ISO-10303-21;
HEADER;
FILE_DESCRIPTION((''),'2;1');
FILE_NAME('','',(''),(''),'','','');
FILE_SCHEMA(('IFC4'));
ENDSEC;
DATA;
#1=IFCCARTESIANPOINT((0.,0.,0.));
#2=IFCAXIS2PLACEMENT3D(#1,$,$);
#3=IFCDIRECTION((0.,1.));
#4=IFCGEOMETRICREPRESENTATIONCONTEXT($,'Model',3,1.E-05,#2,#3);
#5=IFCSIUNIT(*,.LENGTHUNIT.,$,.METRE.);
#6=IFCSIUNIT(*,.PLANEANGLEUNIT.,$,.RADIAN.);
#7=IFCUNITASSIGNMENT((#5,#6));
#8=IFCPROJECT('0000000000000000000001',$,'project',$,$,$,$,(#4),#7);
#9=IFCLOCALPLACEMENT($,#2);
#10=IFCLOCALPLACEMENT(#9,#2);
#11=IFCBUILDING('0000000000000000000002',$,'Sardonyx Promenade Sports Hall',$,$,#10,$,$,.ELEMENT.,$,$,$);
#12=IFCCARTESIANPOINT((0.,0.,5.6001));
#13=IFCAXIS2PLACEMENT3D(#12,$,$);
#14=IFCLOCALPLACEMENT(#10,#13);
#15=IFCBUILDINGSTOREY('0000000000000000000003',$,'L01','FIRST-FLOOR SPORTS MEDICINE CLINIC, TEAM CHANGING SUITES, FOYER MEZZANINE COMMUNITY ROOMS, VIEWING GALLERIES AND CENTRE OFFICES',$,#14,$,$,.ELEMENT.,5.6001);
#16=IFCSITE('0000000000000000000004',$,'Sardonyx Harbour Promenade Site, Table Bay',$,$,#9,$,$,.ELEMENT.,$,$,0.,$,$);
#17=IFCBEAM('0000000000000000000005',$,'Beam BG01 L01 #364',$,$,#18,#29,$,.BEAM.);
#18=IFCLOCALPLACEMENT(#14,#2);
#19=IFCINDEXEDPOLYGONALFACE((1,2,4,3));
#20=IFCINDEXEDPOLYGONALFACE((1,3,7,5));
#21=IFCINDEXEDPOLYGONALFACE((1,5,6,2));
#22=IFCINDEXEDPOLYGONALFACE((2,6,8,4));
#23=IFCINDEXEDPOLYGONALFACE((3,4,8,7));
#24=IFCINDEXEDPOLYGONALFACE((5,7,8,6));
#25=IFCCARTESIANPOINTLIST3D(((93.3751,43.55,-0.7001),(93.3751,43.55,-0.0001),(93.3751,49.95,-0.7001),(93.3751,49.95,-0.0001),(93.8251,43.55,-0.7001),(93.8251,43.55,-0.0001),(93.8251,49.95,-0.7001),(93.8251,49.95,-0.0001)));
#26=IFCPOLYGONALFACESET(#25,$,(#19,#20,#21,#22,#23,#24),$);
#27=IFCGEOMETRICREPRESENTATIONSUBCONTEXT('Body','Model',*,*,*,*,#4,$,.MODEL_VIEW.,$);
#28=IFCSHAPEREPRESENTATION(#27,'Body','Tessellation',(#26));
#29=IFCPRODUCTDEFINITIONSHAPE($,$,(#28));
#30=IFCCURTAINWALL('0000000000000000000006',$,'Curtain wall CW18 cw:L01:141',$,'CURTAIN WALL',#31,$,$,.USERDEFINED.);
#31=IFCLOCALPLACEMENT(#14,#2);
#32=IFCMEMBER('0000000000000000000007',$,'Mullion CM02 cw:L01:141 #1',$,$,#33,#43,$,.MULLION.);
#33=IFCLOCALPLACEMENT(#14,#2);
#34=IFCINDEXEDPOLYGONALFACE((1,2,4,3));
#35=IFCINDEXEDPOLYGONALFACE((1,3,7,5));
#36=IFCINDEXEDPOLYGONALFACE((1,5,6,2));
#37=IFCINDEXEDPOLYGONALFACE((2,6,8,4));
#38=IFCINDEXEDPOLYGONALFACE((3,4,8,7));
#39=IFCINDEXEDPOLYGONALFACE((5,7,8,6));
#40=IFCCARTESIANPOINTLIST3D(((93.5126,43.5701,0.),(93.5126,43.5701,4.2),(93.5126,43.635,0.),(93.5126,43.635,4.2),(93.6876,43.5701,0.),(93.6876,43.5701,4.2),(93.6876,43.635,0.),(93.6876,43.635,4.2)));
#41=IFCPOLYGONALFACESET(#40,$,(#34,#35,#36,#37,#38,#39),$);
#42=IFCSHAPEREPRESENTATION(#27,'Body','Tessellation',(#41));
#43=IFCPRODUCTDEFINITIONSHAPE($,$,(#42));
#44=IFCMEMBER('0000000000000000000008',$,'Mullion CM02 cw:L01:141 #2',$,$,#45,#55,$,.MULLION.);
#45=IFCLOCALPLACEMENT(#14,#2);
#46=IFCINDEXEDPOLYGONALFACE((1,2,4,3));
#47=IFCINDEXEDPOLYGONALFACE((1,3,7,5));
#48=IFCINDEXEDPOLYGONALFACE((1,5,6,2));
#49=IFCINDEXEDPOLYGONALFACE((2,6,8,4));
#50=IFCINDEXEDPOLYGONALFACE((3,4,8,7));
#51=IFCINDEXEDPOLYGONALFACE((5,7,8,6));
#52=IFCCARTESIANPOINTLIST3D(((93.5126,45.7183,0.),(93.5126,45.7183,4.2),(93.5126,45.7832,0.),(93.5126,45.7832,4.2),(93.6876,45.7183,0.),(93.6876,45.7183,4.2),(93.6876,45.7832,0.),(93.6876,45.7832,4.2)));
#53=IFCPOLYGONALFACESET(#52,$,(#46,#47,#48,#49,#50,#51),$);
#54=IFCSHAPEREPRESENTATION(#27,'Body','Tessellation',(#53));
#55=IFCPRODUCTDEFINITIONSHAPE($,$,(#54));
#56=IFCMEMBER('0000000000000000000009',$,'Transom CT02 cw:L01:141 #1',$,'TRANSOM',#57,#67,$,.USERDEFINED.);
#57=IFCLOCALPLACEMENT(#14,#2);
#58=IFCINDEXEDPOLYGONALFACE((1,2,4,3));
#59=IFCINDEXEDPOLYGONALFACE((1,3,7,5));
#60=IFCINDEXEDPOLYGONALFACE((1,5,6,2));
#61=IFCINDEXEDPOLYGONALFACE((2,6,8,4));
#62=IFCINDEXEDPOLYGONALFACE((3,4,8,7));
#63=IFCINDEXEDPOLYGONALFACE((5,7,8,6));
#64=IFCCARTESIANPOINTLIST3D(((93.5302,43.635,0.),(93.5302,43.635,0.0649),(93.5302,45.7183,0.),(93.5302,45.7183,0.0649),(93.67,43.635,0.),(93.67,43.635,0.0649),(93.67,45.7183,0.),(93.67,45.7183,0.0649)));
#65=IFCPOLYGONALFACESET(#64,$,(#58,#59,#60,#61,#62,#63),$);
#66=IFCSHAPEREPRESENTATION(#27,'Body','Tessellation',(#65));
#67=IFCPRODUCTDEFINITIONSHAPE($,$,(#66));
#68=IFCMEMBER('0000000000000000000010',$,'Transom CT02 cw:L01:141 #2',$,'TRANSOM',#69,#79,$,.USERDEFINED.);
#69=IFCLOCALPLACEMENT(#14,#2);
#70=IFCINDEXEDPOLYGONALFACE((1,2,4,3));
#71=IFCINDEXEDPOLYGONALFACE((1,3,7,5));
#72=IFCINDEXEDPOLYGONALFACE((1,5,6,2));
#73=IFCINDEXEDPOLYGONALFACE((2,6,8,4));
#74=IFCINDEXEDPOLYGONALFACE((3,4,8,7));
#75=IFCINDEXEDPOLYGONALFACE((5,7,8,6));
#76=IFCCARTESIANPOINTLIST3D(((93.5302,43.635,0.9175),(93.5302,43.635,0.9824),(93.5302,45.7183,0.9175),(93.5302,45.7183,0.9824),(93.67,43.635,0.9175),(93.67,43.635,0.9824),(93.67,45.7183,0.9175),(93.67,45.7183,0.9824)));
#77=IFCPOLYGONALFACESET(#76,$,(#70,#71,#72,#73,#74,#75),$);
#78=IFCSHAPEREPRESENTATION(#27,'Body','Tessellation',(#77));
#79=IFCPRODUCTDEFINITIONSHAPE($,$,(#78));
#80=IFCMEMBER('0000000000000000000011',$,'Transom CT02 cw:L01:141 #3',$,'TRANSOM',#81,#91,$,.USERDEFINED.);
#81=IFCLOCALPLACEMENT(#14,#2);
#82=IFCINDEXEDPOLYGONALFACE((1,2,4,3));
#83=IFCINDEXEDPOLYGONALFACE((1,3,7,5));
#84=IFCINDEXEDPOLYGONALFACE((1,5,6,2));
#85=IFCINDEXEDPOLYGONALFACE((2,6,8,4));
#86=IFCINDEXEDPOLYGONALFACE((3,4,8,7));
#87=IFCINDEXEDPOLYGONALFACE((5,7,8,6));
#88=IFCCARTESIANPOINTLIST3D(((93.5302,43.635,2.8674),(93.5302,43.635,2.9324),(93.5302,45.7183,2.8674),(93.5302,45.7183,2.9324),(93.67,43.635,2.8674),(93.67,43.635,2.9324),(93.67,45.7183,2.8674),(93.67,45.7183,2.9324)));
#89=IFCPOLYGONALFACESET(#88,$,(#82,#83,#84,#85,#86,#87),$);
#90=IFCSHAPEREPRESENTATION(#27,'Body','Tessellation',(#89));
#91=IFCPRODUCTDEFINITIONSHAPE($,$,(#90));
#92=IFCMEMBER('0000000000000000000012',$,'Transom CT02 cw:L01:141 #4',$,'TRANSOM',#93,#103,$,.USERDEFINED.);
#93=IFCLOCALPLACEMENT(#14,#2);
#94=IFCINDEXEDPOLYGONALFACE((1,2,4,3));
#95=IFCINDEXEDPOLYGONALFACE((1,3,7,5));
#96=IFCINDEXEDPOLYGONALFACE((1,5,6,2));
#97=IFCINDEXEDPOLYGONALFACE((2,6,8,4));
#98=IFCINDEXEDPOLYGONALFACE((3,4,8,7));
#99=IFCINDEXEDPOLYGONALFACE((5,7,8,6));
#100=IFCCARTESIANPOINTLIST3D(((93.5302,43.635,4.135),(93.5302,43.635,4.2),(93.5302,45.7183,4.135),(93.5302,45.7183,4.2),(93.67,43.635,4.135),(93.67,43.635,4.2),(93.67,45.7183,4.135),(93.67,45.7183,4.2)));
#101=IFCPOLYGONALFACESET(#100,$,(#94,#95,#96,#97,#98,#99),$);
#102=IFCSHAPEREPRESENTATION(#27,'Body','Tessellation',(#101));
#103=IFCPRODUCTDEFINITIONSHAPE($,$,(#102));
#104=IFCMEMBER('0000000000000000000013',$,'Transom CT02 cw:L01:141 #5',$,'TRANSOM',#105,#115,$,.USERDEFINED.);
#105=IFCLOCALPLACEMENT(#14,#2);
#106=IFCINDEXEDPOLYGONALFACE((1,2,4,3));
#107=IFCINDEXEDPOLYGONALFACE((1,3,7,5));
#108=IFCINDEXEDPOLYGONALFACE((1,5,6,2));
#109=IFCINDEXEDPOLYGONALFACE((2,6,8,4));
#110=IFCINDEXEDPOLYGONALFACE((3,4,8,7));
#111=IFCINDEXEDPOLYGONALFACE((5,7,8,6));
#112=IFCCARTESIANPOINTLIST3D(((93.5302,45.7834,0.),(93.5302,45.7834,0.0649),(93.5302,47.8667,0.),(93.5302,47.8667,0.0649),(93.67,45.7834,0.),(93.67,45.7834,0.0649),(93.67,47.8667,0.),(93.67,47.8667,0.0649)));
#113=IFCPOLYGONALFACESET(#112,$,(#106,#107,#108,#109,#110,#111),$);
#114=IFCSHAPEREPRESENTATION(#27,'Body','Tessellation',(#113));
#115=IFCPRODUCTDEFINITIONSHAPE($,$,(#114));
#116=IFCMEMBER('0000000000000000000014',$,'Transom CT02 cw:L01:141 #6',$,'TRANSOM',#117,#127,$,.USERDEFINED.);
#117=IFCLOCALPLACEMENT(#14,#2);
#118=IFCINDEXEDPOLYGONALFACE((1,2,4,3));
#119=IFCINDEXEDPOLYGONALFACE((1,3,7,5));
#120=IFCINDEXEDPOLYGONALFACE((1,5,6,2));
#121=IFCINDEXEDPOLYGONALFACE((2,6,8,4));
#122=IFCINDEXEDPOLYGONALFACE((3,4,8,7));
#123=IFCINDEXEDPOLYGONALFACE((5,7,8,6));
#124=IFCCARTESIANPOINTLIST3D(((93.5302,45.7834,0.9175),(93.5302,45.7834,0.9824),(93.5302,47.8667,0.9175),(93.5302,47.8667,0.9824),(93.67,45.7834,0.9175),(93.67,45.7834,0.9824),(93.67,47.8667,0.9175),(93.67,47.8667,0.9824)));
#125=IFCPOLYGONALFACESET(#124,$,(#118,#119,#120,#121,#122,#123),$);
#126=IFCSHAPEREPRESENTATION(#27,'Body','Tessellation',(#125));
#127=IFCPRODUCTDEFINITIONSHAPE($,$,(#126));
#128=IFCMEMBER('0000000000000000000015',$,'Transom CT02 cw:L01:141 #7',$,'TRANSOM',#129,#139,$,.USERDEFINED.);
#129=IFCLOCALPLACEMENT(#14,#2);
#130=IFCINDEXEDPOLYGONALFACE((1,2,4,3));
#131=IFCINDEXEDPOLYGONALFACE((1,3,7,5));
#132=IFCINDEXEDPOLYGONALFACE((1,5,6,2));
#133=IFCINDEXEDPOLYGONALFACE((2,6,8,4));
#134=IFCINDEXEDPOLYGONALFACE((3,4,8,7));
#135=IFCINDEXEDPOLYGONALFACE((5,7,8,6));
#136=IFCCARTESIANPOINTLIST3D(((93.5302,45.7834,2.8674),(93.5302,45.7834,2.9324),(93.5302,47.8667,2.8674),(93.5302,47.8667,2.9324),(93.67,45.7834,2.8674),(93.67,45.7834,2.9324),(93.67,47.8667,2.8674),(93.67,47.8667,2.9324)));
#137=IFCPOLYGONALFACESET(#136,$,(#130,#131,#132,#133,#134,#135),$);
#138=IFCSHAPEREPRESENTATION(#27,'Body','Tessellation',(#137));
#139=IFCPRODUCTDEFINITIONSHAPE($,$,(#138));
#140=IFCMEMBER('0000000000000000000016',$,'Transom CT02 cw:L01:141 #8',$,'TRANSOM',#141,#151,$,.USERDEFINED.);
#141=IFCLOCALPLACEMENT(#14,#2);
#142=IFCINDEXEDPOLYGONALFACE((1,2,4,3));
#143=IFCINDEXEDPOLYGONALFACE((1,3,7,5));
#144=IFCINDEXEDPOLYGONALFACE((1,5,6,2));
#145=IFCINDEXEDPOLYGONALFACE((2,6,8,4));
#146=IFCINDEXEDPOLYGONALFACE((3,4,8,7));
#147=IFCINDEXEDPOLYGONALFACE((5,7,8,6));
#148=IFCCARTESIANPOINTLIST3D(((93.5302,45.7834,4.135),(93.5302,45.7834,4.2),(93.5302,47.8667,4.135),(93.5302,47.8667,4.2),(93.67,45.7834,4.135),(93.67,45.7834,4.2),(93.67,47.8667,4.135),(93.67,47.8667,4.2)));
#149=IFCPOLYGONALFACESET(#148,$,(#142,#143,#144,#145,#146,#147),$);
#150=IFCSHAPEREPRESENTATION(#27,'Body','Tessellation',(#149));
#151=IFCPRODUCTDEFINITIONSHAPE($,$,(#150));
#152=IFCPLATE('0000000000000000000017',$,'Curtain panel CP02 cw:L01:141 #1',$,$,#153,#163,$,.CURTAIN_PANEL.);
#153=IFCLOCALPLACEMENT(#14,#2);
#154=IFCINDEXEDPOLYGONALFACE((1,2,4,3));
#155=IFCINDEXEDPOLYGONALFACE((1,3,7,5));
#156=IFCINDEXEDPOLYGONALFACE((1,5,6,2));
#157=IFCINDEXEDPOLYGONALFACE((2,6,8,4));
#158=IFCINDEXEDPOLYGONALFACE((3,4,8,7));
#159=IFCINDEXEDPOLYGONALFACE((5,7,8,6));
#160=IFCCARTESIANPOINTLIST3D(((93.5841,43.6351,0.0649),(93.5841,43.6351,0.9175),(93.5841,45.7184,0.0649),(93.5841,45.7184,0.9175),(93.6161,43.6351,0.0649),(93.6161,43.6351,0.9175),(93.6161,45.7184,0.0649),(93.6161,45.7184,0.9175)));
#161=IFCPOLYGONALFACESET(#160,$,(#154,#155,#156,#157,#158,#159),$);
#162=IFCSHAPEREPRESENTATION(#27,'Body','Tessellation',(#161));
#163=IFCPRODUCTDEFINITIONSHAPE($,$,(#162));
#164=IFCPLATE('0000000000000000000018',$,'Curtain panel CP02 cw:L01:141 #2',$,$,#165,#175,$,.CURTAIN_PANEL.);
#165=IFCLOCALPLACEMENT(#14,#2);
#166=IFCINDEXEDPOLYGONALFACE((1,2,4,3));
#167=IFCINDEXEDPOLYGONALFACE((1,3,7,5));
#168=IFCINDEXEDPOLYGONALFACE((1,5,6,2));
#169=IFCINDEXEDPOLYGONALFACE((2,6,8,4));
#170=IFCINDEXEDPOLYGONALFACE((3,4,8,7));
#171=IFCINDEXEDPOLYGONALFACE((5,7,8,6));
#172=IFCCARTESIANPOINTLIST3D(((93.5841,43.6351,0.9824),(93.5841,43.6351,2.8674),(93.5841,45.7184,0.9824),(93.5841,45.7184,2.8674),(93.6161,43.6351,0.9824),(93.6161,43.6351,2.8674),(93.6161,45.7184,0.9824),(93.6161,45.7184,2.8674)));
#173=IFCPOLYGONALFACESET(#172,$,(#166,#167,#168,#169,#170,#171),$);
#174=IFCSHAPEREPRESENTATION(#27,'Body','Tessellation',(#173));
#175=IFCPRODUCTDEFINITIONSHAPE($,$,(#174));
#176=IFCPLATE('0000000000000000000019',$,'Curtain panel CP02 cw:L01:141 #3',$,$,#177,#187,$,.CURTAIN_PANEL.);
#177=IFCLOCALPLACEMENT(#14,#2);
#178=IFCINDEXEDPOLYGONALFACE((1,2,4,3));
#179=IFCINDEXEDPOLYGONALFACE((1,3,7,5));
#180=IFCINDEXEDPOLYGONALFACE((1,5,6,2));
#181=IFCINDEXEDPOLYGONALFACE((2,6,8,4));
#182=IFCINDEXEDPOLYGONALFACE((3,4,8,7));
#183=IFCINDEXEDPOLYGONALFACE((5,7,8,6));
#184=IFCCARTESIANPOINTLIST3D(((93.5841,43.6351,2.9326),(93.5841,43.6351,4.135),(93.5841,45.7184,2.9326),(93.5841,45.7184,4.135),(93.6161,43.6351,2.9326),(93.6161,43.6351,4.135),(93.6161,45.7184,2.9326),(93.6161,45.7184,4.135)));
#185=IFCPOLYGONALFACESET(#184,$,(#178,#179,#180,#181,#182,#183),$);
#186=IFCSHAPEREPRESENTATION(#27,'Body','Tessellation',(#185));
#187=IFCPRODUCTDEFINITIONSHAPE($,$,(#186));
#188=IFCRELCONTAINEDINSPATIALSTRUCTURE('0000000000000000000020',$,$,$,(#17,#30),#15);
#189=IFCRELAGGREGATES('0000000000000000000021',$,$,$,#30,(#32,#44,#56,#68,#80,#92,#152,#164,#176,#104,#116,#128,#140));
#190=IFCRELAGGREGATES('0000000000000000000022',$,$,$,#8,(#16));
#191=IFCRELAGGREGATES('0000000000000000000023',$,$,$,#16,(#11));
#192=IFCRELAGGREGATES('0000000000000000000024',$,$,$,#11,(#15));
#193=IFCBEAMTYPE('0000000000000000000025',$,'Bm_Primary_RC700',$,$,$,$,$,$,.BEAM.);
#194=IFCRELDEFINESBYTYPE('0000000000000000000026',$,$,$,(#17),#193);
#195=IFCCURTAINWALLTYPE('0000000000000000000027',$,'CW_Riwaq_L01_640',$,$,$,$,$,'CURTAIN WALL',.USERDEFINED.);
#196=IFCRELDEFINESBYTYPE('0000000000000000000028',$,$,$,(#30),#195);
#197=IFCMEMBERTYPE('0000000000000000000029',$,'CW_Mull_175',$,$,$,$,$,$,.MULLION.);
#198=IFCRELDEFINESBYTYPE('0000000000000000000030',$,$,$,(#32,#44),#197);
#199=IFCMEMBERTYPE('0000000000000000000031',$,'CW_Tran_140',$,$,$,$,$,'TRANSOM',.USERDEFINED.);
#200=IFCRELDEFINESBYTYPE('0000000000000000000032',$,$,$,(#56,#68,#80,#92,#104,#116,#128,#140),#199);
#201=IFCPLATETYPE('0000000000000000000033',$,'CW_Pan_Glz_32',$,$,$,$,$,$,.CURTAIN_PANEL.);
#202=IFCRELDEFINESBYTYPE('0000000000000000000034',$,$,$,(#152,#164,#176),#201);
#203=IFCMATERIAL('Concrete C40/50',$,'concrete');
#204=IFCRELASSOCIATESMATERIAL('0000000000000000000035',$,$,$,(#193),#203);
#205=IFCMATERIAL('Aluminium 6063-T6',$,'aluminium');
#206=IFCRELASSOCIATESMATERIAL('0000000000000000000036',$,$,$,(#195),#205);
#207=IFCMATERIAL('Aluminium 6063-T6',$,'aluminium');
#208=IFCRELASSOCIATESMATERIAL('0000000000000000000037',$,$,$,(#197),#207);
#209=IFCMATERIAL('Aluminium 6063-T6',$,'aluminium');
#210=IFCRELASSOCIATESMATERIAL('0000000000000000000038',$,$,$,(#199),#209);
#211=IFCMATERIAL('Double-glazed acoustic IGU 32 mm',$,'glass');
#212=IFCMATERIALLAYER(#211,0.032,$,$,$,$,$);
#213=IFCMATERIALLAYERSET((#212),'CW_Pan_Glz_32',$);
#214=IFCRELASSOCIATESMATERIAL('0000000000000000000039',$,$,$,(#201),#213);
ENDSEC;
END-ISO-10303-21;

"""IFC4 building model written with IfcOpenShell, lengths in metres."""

from ifc_helpers import new_model, si_unit, direction, frame, origin, origin_2d, place, context, subcontext, project, spatial, rectangle, extrude, material, layer, layer_set, material_profile, profile_set, type_object, element, aggregate, save


model = new_model("IFC4")

# Units and contexts
model_context = context("Model", 3, precision=1e-05, world=origin(), true_north=direction((0.0, 1.0)))
body_context = subcontext(model_context, "Body", "Model", "MODEL_VIEW")
ifc_project = project(units=[si_unit("LENGTHUNIT", "METRE"), si_unit("PLANEANGLEUNIT", "RADIAN")], contexts=[model_context])

# Site, building, storey
site_placement = place(None, origin())
site = spatial("IfcSite", under=ifc_project, at=site_placement, Name="Sardonyx Harbour Promenade Site, Table Bay", CompositionType="ELEMENT", RefElevation=0.0)
building_placement = place(site_placement, origin())
building = spatial("IfcBuilding", under=site, at=building_placement, Name="Sardonyx Promenade Sports Hall", CompositionType="ELEMENT")
storey_placement = place(building_placement, frame((0.0, 0.0, 5.6001)))
storey = spatial("IfcBuildingStorey", under=building, at=storey_placement, Name="L01", Description="FIRST-FLOOR SPORTS MEDICINE CLINIC, TEAM CHANGING SUITES, FOYER MEZZANINE COMMUNITY ROOMS, VIEWING GALLERIES AND CENTRE OFFICES", CompositionType="ELEMENT", Elevation=5.6001)

# Beam
ifc_material_1 = material(Name="Concrete C40/50", Category="concrete")
ifc_material_profile_1 = material_profile(ifc_material_1, rectangle(XDim=0.45, YDim=0.7, at=origin_2d()))
ifc_profile_set_1 = profile_set([ifc_material_profile_1], Name="Concrete C40/50")
beam_type = type_object("IfcBeamType", Name="Bm_Primary_RC700", PredefinedType="BEAM", material=ifc_profile_set_1)
beam_placement = place(storey_placement, frame((93.6001, 43.55, -0.3501), z_axis=(0.0, 1.0, 0.0), x_axis=(-1.0, 0.0, 0.0)))
element("IfcBeam", 1, at=beam_placement, inside=storey, type_object=beam_type, Name="Beam BG01 L01 #364", PredefinedType="BEAM", context=body_context, shape_type="SweptSolid", body=[
    extrude(rectangle(XDim=0.45, YDim=0.7, at=origin_2d()), origin(), (0.0, 0.0, 1.0), 6.3999),
])

# Curtain wall, members, plates
ifc_material_2 = material(Name="Aluminium 6063-T6", Category="aluminium")
curtain_wall_type = type_object("IfcCurtainWallType", Name="CW_Riwaq_L01_640", ElementType="CURTAIN WALL", PredefinedType="USERDEFINED", material=ifc_material_2)
curtain_wall_placement = place(storey_placement, origin())
curtain_wall = element("IfcCurtainWall", 2, at=curtain_wall_placement, inside=storey, type_object=curtain_wall_type, Name="Curtain wall CW18 cw:L01:141", ObjectType="CURTAIN WALL", PredefinedType="USERDEFINED")
ifc_material_3 = material(Name="Aluminium 6063-T6", Category="aluminium")
ifc_material_profile_2 = material_profile(ifc_material_3, rectangle(XDim=0.0649, YDim=0.175, at=origin_2d()))
ifc_profile_set_2 = profile_set([ifc_material_profile_2], Name="Aluminium 6063-T6")
member_type_1 = type_object("IfcMemberType", Name="CW_Mull_175", PredefinedType="MULLION", material=ifc_profile_set_2)
member_1_placement = place(storey_placement, frame((93.6001, 43.6025, 0.0), z_axis=(0.0, 0.0, 1.0), x_axis=(0.0, 1.0, 0.0)))
member_1 = element("IfcMember", 3, at=member_1_placement, type_object=member_type_1, Name="Mullion CM02 cw:L01:141 #1", PredefinedType="MULLION", context=body_context, shape_type="SweptSolid", body=[
    extrude(rectangle(XDim=0.0649, YDim=0.175, at=origin_2d()), origin(), (0.0, 0.0, 1.0), 4.2),
])
member_2_placement = place(storey_placement, frame((93.6001, 45.7507, 0.0), z_axis=(0.0, 0.0, 1.0), x_axis=(0.0, 1.0, 0.0)))
member_2 = element("IfcMember", 4, at=member_2_placement, type_object=member_type_1, Name="Mullion CM02 cw:L01:141 #2", PredefinedType="MULLION", context=body_context, shape_type="SweptSolid", body=[
    extrude(rectangle(XDim=0.0649, YDim=0.175, at=origin_2d()), origin(), (0.0, 0.0, 1.0), 4.2),
])
ifc_material_4 = material(Name="Aluminium 6063-T6", Category="aluminium")
ifc_material_profile_3 = material_profile(ifc_material_4, rectangle(XDim=0.0649, YDim=0.1399, at=origin_2d()))
ifc_profile_set_3 = profile_set([ifc_material_profile_3], Name="Aluminium 6063-T6")
member_type_2 = type_object("IfcMemberType", Name="CW_Tran_140", ElementType="TRANSOM", PredefinedType="USERDEFINED", material=ifc_profile_set_3)
member_3_placement = place(storey_placement, frame((93.6001, 43.635, 0.0325), z_axis=(0.0, 1.0, 0.0), x_axis=(0.0, 0.0, 1.0)))
member_3 = element("IfcMember", 5, at=member_3_placement, type_object=member_type_2, Name="Transom CT02 cw:L01:141 #1", ObjectType="TRANSOM", PredefinedType="USERDEFINED", context=body_context, shape_type="SweptSolid", body=[
    extrude(rectangle(XDim=0.0649, YDim=0.1399, at=origin_2d()), origin(), (0.0, 0.0, 1.0), 2.0833),
])
member_4_placement = place(storey_placement, frame((93.6001, 43.635, 0.95), z_axis=(0.0, 1.0, 0.0), x_axis=(0.0, 0.0, 1.0)))
member_4 = element("IfcMember", 6, at=member_4_placement, type_object=member_type_2, Name="Transom CT02 cw:L01:141 #2", ObjectType="TRANSOM", PredefinedType="USERDEFINED", context=body_context, shape_type="SweptSolid", body=[
    extrude(rectangle(XDim=0.0649, YDim=0.1399, at=origin_2d()), origin(), (0.0, 0.0, 1.0), 2.0833),
])
member_5_placement = place(storey_placement, frame((93.6001, 43.635, 2.8999), z_axis=(0.0, 1.0, 0.0), x_axis=(0.0, 0.0, 1.0)))
member_5 = element("IfcMember", 7, at=member_5_placement, type_object=member_type_2, Name="Transom CT02 cw:L01:141 #3", ObjectType="TRANSOM", PredefinedType="USERDEFINED", context=body_context, shape_type="SweptSolid", body=[
    extrude(rectangle(XDim=0.0649, YDim=0.1399, at=origin_2d()), origin(), (0.0, 0.0, 1.0), 2.0833),
])
member_6_placement = place(storey_placement, frame((93.6001, 43.635, 4.1675), z_axis=(0.0, 1.0, 0.0), x_axis=(0.0, 0.0, 1.0)))
member_6 = element("IfcMember", 8, at=member_6_placement, type_object=member_type_2, Name="Transom CT02 cw:L01:141 #4", ObjectType="TRANSOM", PredefinedType="USERDEFINED", context=body_context, shape_type="SweptSolid", body=[
    extrude(rectangle(XDim=0.0649, YDim=0.1399, at=origin_2d()), origin(), (0.0, 0.0, 1.0), 2.0833),
])
member_7_placement = place(storey_placement, frame((93.6001, 45.7834, 0.0325), z_axis=(0.0, 1.0, 0.0), x_axis=(0.0, 0.0, 1.0)))
member_7 = element("IfcMember", 9, at=member_7_placement, type_object=member_type_2, Name="Transom CT02 cw:L01:141 #5", ObjectType="TRANSOM", PredefinedType="USERDEFINED", context=body_context, shape_type="SweptSolid", body=[
    extrude(rectangle(XDim=0.0649, YDim=0.1399, at=origin_2d()), origin(), (0.0, 0.0, 1.0), 2.0833),
])
member_8_placement = place(storey_placement, frame((93.6001, 45.7834, 0.95), z_axis=(0.0, 1.0, 0.0), x_axis=(0.0, 0.0, 1.0)))
member_8 = element("IfcMember", 10, at=member_8_placement, type_object=member_type_2, Name="Transom CT02 cw:L01:141 #6", ObjectType="TRANSOM", PredefinedType="USERDEFINED", context=body_context, shape_type="SweptSolid", body=[
    extrude(rectangle(XDim=0.0649, YDim=0.1399, at=origin_2d()), origin(), (0.0, 0.0, 1.0), 2.0833),
])
member_9_placement = place(storey_placement, frame((93.6001, 45.7834, 2.8999), z_axis=(0.0, 1.0, 0.0), x_axis=(0.0, 0.0, 1.0)))
member_9 = element("IfcMember", 11, at=member_9_placement, type_object=member_type_2, Name="Transom CT02 cw:L01:141 #7", ObjectType="TRANSOM", PredefinedType="USERDEFINED", context=body_context, shape_type="SweptSolid", body=[
    extrude(rectangle(XDim=0.0649, YDim=0.1399, at=origin_2d()), origin(), (0.0, 0.0, 1.0), 2.0833),
])
member_10_placement = place(storey_placement, frame((93.6001, 45.7834, 4.1675), z_axis=(0.0, 1.0, 0.0), x_axis=(0.0, 0.0, 1.0)))
member_10 = element("IfcMember", 12, at=member_10_placement, type_object=member_type_2, Name="Transom CT02 cw:L01:141 #8", ObjectType="TRANSOM", PredefinedType="USERDEFINED", context=body_context, shape_type="SweptSolid", body=[
    extrude(rectangle(XDim=0.0649, YDim=0.1399, at=origin_2d()), origin(), (0.0, 0.0, 1.0), 2.0833),
])
ifc_material_5 = material(Name="Double-glazed acoustic IGU 32 mm", Category="glass")
ifc_layer_1 = layer(ifc_material_5, 0.032)
ifc_layer_set_1 = layer_set([ifc_layer_1], Name="CW_Pan_Glz_32")
plate_type = type_object("IfcPlateType", Name="CW_Pan_Glz_32", PredefinedType="CURTAIN_PANEL", material=ifc_layer_set_1)
plate_1_placement = place(storey_placement, frame((93.6001, 44.6768, 0.0649), z_axis=(0.0, 0.0, 1.0), x_axis=(0.0, 1.0, 0.0)))
plate_1 = element("IfcPlate", 13, at=plate_1_placement, type_object=plate_type, Name="Curtain panel CP02 cw:L01:141 #1", PredefinedType="CURTAIN_PANEL", context=body_context, shape_type="SweptSolid", body=[
    extrude(rectangle(XDim=2.0833, YDim=0.032, at=origin_2d()), origin(), (0.0, 0.0, 1.0), 0.8525),
])
plate_2_placement = place(storey_placement, frame((93.6001, 44.6768, 0.9824), z_axis=(0.0, 0.0, 1.0), x_axis=(0.0, 1.0, 0.0)))
plate_2 = element("IfcPlate", 14, at=plate_2_placement, type_object=plate_type, Name="Curtain panel CP02 cw:L01:141 #2", PredefinedType="CURTAIN_PANEL", context=body_context, shape_type="SweptSolid", body=[
    extrude(rectangle(XDim=2.0833, YDim=0.032, at=origin_2d()), origin(), (0.0, 0.0, 1.0), 1.885),
])
plate_3_placement = place(storey_placement, frame((93.6001, 44.6768, 2.9326), z_axis=(0.0, 0.0, 1.0), x_axis=(0.0, 1.0, 0.0)))
plate_3 = element("IfcPlate", 15, at=plate_3_placement, type_object=plate_type, Name="Curtain panel CP02 cw:L01:141 #3", PredefinedType="CURTAIN_PANEL", context=body_context, shape_type="SweptSolid", body=[
    extrude(rectangle(XDim=2.0833, YDim=0.032, at=origin_2d()), origin(), (0.0, 0.0, 1.0), 1.2024),
])
aggregate(curtain_wall, [member_1, member_2, member_3, member_4, member_5, member_6, plate_1, plate_2, plate_3, member_7, member_8, member_9, member_10])

save(model, "model.ifc")
